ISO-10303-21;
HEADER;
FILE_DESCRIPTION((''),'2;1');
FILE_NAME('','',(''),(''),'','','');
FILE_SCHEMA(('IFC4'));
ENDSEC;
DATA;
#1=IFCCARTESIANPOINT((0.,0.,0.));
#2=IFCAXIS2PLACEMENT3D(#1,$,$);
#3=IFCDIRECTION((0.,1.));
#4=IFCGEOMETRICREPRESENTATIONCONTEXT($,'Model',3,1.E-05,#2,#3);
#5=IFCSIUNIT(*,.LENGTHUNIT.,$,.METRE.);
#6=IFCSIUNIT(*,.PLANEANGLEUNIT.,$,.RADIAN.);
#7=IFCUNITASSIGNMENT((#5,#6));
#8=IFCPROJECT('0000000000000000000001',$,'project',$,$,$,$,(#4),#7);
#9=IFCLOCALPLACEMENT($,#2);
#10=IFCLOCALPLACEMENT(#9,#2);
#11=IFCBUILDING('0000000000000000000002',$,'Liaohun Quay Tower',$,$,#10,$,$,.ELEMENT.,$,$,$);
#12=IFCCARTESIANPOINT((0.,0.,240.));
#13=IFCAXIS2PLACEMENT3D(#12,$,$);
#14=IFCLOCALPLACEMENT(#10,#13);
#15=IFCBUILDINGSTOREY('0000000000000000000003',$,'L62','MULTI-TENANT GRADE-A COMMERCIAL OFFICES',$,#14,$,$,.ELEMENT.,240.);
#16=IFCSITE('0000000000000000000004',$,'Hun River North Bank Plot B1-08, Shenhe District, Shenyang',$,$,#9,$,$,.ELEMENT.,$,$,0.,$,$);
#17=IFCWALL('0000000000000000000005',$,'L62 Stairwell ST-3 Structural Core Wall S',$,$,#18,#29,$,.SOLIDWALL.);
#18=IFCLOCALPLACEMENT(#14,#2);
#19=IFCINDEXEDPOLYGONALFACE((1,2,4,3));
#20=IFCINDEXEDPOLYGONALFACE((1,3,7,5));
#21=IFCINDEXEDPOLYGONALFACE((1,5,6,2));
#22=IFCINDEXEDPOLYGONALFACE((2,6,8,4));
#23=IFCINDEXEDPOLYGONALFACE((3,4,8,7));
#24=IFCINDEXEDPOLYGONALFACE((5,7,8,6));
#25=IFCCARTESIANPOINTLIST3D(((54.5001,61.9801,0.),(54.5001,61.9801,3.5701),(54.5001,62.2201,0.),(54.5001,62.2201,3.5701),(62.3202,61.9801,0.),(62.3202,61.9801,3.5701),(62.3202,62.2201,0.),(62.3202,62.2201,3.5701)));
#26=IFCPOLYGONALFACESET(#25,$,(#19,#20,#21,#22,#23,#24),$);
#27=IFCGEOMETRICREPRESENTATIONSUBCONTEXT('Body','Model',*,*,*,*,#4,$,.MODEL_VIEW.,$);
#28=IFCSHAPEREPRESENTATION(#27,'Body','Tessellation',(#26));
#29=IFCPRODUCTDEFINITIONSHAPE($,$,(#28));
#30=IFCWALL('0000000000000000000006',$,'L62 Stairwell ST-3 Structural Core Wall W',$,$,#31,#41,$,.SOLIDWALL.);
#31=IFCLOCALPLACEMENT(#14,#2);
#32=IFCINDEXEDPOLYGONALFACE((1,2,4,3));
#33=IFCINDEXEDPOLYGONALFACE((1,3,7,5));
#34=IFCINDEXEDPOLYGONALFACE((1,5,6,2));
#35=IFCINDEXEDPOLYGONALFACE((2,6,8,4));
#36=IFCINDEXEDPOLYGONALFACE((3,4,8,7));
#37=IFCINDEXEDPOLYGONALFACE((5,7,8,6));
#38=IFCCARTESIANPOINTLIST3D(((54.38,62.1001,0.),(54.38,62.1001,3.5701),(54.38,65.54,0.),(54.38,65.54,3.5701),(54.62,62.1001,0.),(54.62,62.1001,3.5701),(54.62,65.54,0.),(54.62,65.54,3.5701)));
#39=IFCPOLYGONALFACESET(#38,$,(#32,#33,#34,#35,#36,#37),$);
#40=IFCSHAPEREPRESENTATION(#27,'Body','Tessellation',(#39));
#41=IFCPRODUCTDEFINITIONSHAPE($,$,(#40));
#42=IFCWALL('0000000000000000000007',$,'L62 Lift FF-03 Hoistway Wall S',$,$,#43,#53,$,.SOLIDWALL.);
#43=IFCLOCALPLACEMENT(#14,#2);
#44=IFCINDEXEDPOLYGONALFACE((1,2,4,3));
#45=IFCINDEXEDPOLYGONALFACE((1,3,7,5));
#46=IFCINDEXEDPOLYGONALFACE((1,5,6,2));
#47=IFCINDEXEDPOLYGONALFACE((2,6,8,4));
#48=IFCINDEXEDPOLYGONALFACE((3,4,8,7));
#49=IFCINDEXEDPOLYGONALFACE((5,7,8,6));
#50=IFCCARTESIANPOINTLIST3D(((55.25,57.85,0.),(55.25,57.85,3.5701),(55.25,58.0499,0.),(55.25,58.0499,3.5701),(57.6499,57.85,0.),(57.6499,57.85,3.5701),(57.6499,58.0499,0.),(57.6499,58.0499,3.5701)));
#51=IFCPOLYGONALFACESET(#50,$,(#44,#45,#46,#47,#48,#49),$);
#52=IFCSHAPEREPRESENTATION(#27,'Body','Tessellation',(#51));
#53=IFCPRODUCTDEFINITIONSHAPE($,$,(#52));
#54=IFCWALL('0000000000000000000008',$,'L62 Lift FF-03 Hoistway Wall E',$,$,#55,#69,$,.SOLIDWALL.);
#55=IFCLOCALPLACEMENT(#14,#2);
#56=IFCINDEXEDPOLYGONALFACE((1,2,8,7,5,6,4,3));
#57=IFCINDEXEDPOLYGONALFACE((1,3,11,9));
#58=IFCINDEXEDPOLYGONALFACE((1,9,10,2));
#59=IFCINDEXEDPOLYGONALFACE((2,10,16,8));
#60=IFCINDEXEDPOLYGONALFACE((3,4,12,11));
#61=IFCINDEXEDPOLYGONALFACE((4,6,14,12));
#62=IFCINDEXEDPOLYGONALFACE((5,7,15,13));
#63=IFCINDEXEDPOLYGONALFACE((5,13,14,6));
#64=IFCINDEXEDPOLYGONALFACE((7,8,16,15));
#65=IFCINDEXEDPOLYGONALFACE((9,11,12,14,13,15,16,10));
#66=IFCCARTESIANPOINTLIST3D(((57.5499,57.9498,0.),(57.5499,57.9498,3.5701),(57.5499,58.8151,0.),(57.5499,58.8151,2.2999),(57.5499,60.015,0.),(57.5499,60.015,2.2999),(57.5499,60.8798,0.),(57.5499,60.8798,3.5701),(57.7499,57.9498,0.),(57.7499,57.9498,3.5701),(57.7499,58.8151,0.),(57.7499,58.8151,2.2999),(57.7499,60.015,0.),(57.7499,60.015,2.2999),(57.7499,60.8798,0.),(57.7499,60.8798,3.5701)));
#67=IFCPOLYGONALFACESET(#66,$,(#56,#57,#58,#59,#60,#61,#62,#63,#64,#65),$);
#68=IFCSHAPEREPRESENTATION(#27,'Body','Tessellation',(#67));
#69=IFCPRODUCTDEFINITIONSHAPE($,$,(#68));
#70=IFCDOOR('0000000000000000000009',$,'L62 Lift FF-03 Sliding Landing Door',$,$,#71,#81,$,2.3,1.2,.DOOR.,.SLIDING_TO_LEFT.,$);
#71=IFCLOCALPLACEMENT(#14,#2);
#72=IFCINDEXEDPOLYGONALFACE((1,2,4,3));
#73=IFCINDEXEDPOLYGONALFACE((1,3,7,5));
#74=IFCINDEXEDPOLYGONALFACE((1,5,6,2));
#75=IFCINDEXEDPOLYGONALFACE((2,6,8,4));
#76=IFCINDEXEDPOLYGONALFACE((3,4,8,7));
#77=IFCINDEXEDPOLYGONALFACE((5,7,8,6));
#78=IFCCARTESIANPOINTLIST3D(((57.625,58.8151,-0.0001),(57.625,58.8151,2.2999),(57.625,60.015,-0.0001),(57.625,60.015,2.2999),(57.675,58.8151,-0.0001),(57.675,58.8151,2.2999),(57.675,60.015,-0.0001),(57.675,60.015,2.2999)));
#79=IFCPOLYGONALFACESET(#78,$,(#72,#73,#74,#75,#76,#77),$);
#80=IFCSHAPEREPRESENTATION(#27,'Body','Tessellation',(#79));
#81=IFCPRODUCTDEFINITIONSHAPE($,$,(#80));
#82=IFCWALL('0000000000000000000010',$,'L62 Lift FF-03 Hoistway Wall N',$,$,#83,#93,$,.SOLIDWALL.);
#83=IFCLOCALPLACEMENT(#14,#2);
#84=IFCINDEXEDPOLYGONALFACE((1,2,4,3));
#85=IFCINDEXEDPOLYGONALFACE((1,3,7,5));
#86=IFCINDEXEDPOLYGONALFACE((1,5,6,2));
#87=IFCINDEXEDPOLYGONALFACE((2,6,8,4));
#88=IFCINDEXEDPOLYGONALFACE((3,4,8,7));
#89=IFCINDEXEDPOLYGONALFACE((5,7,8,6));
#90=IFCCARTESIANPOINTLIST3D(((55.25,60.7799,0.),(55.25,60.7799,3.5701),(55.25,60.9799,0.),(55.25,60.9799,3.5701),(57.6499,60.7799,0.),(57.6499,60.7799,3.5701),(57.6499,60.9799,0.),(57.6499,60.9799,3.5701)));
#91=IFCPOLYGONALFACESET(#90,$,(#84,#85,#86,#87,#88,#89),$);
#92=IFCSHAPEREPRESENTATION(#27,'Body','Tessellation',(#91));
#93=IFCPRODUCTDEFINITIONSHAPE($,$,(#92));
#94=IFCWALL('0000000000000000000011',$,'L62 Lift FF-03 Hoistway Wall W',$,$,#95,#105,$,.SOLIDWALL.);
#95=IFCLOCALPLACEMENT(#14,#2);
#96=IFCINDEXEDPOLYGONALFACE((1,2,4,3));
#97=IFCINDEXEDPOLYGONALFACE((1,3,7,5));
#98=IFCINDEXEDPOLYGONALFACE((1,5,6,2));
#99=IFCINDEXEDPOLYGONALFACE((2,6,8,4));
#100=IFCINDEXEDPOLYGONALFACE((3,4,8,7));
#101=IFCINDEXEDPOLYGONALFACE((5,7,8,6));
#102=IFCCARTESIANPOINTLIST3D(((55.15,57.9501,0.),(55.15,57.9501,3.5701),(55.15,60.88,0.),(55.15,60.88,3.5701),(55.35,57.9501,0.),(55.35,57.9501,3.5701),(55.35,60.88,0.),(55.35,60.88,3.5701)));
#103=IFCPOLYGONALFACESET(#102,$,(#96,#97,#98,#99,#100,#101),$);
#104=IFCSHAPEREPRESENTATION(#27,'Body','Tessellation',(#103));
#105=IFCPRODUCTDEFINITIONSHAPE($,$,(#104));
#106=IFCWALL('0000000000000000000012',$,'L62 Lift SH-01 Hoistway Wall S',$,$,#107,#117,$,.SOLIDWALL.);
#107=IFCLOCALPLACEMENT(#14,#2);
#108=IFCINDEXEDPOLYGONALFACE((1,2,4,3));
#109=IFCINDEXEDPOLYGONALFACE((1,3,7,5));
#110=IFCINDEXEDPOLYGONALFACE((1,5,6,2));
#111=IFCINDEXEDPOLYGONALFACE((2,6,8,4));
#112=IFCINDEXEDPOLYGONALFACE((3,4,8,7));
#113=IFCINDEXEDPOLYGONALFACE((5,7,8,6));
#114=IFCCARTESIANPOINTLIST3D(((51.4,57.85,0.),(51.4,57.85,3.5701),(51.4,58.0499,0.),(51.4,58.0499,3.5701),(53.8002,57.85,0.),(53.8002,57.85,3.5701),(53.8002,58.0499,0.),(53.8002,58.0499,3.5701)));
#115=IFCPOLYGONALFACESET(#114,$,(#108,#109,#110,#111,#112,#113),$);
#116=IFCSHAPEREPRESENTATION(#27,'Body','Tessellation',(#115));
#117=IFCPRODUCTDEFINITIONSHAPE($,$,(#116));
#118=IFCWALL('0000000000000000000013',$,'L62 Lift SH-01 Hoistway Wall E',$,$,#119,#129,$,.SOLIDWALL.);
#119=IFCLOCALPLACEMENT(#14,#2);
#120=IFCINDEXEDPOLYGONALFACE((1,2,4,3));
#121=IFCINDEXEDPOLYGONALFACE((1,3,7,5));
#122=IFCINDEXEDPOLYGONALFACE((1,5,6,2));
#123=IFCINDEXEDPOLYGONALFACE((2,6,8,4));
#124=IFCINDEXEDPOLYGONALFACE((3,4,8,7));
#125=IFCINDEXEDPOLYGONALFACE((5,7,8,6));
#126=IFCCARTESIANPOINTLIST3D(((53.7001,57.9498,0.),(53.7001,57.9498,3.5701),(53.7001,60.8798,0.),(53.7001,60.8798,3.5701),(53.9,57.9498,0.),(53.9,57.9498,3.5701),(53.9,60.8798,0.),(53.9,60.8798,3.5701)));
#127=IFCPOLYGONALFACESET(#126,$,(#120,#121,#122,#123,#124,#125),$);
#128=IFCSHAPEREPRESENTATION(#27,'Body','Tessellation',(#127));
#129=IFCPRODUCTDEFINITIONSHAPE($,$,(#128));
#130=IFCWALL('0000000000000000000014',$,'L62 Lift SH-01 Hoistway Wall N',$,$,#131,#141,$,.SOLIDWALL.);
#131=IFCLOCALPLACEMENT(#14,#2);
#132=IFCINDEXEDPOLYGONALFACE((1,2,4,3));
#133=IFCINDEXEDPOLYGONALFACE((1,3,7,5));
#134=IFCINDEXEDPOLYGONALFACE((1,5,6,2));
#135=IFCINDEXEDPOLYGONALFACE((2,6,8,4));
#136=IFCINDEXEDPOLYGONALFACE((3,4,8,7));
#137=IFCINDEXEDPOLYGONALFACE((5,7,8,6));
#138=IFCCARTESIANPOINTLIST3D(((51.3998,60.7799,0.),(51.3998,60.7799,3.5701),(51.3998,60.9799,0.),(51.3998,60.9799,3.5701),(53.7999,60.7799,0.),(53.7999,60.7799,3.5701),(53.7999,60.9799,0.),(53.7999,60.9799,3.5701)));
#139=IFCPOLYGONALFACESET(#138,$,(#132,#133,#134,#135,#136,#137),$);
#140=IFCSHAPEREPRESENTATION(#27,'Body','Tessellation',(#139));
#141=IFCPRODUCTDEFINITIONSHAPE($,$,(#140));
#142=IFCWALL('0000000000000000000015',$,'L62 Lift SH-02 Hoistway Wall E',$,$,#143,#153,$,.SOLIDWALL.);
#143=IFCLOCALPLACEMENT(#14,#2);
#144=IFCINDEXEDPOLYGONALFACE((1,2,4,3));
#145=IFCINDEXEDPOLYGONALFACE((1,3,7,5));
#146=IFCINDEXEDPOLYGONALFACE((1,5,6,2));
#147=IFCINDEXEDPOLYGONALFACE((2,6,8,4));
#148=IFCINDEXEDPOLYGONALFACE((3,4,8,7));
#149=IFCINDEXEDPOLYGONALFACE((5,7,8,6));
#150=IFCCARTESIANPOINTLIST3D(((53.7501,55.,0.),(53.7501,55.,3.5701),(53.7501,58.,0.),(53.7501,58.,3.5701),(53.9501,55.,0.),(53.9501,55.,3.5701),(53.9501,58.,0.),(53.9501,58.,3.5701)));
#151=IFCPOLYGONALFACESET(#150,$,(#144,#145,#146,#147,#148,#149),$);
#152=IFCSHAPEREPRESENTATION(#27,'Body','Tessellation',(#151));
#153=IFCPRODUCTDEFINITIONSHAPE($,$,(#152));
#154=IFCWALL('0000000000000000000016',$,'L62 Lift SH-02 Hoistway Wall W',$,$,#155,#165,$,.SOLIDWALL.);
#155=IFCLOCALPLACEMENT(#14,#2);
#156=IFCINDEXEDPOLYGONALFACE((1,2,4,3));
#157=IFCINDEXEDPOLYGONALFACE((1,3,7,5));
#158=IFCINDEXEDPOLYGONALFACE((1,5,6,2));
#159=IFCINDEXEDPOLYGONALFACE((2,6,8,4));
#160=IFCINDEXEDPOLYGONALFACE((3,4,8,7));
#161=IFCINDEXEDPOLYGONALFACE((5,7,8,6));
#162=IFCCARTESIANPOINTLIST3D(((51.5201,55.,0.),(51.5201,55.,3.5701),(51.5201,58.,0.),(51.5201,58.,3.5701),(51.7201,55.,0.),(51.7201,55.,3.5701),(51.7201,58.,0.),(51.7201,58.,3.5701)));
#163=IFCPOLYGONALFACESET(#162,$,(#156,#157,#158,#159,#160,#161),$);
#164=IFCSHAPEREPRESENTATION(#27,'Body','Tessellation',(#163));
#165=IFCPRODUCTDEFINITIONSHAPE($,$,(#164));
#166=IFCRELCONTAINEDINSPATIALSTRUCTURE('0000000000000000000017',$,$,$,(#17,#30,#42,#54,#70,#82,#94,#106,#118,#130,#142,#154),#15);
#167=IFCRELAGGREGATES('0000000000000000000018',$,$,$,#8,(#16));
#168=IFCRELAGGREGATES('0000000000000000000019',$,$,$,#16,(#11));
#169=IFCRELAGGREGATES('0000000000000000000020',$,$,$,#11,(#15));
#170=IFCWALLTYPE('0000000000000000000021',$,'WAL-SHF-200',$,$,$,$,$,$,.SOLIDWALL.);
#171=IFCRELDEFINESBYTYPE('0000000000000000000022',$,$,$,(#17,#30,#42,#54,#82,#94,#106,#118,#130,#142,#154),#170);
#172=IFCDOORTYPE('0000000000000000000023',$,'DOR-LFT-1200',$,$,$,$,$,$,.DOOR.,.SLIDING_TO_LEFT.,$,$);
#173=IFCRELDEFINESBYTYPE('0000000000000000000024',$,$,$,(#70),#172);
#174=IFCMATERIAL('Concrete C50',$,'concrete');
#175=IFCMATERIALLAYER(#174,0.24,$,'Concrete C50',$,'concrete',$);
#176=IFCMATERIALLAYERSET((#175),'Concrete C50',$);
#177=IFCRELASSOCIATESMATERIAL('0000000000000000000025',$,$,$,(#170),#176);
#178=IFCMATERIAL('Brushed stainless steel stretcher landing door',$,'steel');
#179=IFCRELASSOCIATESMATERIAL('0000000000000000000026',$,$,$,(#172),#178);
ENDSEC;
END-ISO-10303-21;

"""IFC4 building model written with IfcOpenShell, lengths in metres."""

from ifc_helpers import new_model, si_unit, direction, frame, frame_2d, origin, place, context, subcontext, project, spatial, rectangle, extrude, source, transform, mapped, material, layer, layer_set, type_object, element, fill, save


model = new_model("IFC4")

# Units and contexts
model_context = context("Model", 3, precision=1e-05, world=origin(), true_north=direction((0.0, 1.0)))
body_context = subcontext(model_context, "Body", "Model", "MODEL_VIEW")
ifc_project = project(units=[si_unit("LENGTHUNIT", "METRE"), si_unit("PLANEANGLEUNIT", "RADIAN")], contexts=[model_context])

# Site, building, storey
site_placement = place(None, origin())
site = spatial("IfcSite", under=ifc_project, at=site_placement, Name="Hun River North Bank Plot B1-08, Shenhe District, Shenyang", CompositionType="ELEMENT", RefElevation=0.0)
building_placement = place(site_placement, origin())
building = spatial("IfcBuilding", under=site, at=building_placement, Name="Liaohun Quay Tower", CompositionType="ELEMENT")
storey_placement = place(building_placement, frame((0.0, 0.0, 240.0)))
storey = spatial("IfcBuildingStorey", under=building, at=storey_placement, Name="L62", Description="MULTI-TENANT GRADE-A COMMERCIAL OFFICES", CompositionType="ELEMENT", Elevation=240.0)

# Walls
ifc_material_1 = material(Name="Concrete C50", Category="concrete")
ifc_layer_1 = layer(ifc_material_1, 0.24, Name="Concrete C50", Category="concrete")
ifc_layer_set_1 = layer_set([ifc_layer_1], Name="Concrete C50")
wall_type_1 = type_object("IfcWallType", Name="WAL-SHF-200", PredefinedType="SOLIDWALL", material=ifc_layer_set_1)
wall_1_placement = place(storey_placement, frame((54.5, 62.1001, 0.0), z_axis=(0.0, 0.0, 1.0), x_axis=(1.0, 0.0, 0.0)))
element("IfcWall", 1, at=wall_1_placement, inside=storey, type_object=wall_type_1, Name="L62 Stairwell ST-3 Structural Core Wall S", PredefinedType="SOLIDWALL", context=body_context, shape_type="SweptSolid", body=[
    extrude(rectangle(XDim=7.8201, YDim=0.24, at=frame_2d((3.9102, 0.0))), origin(), (0.0, 0.0, 1.0), 3.5701),
])
wall_2_placement = place(storey_placement, frame((54.5, 65.54, 0.0), z_axis=(0.0, 0.0, 1.0), x_axis=(0.0, -1.0, 0.0)))
element("IfcWall", 2, at=wall_2_placement, inside=storey, type_object=wall_type_1, Name="L62 Stairwell ST-3 Structural Core Wall W", PredefinedType="SOLIDWALL", context=body_context, shape_type="SweptSolid", body=[
    extrude(rectangle(XDim=3.4399, YDim=0.24, at=frame_2d((1.72, 0.0))), origin(), (0.0, 0.0, 1.0), 3.5701),
])
wall_3_placement = place(storey_placement, frame((55.25, 57.95, 0.0), z_axis=(0.0, 0.0, 1.0), x_axis=(1.0, 0.0, 0.0)))
element("IfcWall", 3, at=wall_3_placement, inside=storey, type_object=wall_type_1, Name="L62 Lift FF-03 Hoistway Wall S", PredefinedType="SOLIDWALL", context=body_context, shape_type="SweptSolid", body=[
    extrude(rectangle(XDim=2.3999, YDim=0.2, at=frame_2d((1.2, 0.0))), origin(), (0.0, 0.0, 1.0), 3.5701),
])

# Wall, opening, door
wall_4_placement = place(storey_placement, frame((57.6499, 57.95, 0.0), z_axis=(0.0, 0.0, 1.0), x_axis=(0.0, 1.0, 0.0)))
wall_4 = element("IfcWall", 4, at=wall_4_placement, inside=storey, type_object=wall_type_1, Name="L62 Lift FF-03 Hoistway Wall E", PredefinedType="SOLIDWALL", context=body_context, shape_type="SweptSolid", body=[
    extrude(rectangle(XDim=2.9299, YDim=0.2, at=frame_2d((1.4648, 0.0))), origin(), (0.0, 0.0, 1.0), 3.5701),
])
shared_shape_1 = source(origin(), body_context, "Body", "SweptSolid", [
    extrude(rectangle(XDim=1.2, YDim=2.3, at=frame_2d((0.6001, 1.1499))), frame((0.0, 0.1099, 0.0), z_axis=(0.0, -1.0, 0.0), x_axis=(1.0, 0.0, 0.0)), (0.0, 0.0, 1.0), 0.22),
])
opening_placement = place(wall_4_placement, frame((0.865, 0.0, 0.0)))
opening = element("IfcOpeningElement", 5, at=opening_placement, cuts=wall_4, PredefinedType="OPENING", context=body_context, shape_type="MappedRepresentation", body=[
    mapped(shared_shape_1, transform((0.0, 0.0, 0.0), x_axis=(1.0, 0.0, 0.0), y_axis=(0.0, 1.0, 0.0), z_axis=(0.0, 0.0, 1.0), scale=1.0)),
])
ifc_material_2 = material(Name="Brushed stainless steel stretcher landing door", Category="steel")
door_type = type_object("IfcDoorType", Name="DOR-LFT-1200", OperationType="SLIDING_TO_LEFT", PredefinedType="DOOR", material=ifc_material_2)
shared_shape_2 = source(origin(), body_context, "Body", "SweptSolid", [
    extrude(rectangle(XDim=1.2, YDim=2.3, at=frame_2d((0.6001, 1.1499))), frame((0.0, 0.0249, 0.0), z_axis=(0.0, -1.0, 0.0), x_axis=(1.0, 0.0, 0.0)), (0.0, 0.0, 1.0), 0.05),
])
door_placement = place(opening_placement, origin())
door = element("IfcDoor", 6, at=door_placement, inside=storey, type_object=door_type, Name="L62 Lift FF-03 Sliding Landing Door", OperationType="SLIDING_TO_LEFT", OverallHeight=2.3, OverallWidth=1.2, PredefinedType="DOOR", context=body_context, shape_type="MappedRepresentation", body=[
    mapped(shared_shape_2, transform((0.0, 0.0, 0.0), x_axis=(1.0, 0.0, 0.0), y_axis=(0.0, 1.0, 0.0), z_axis=(0.0, 0.0, 1.0), scale=1.0)),
])
fill(opening, door)

# Walls
wall_5_placement = place(storey_placement, frame((57.6499, 60.8799, 0.0), z_axis=(0.0, 0.0, 1.0), x_axis=(-1.0, 0.0, 0.0)))
element("IfcWall", 7, at=wall_5_placement, inside=storey, type_object=wall_type_1, Name="L62 Lift FF-03 Hoistway Wall N", PredefinedType="SOLIDWALL", context=body_context, shape_type="SweptSolid", body=[
    extrude(rectangle(XDim=2.3999, YDim=0.2, at=frame_2d((1.2, 0.0))), origin(), (0.0, 0.0, 1.0), 3.5701),
])
wall_6_placement = place(storey_placement, frame((55.25, 60.8799, 0.0), z_axis=(0.0, 0.0, 1.0), x_axis=(0.0, -1.0, 0.0)))
element("IfcWall", 8, at=wall_6_placement, inside=storey, type_object=wall_type_1, Name="L62 Lift FF-03 Hoistway Wall W", PredefinedType="SOLIDWALL", context=body_context, shape_type="SweptSolid", body=[
    extrude(rectangle(XDim=2.9299, YDim=0.2, at=frame_2d((1.4648, 0.0))), origin(), (0.0, 0.0, 1.0), 3.5701),
])
wall_7_placement = place(storey_placement, frame((51.3999, 57.95, 0.0), z_axis=(0.0, 0.0, 1.0), x_axis=(1.0, 0.0, 0.0)))
element("IfcWall", 9, at=wall_7_placement, inside=storey, type_object=wall_type_1, Name="L62 Lift SH-01 Hoistway Wall S", PredefinedType="SOLIDWALL", context=body_context, shape_type="SweptSolid", body=[
    extrude(rectangle(XDim=2.4001, YDim=0.2, at=frame_2d((1.2002, 0.0))), origin(), (0.0, 0.0, 1.0), 3.5701),
])
wall_8_placement = place(storey_placement, frame((53.8, 57.95, 0.0), z_axis=(0.0, 0.0, 1.0), x_axis=(0.0, 1.0, 0.0)))
element("IfcWall", 10, at=wall_8_placement, inside=storey, type_object=wall_type_1, Name="L62 Lift SH-01 Hoistway Wall E", PredefinedType="SOLIDWALL", context=body_context, shape_type="SweptSolid", body=[
    extrude(rectangle(XDim=2.9299, YDim=0.2, at=frame_2d((1.4648, 0.0))), origin(), (0.0, 0.0, 1.0), 3.5701),
])
wall_9_placement = place(storey_placement, frame((53.8, 60.8799, 0.0), z_axis=(0.0, 0.0, 1.0), x_axis=(-1.0, 0.0, 0.0)))
element("IfcWall", 11, at=wall_9_placement, inside=storey, type_object=wall_type_1, Name="L62 Lift SH-01 Hoistway Wall N", PredefinedType="SOLIDWALL", context=body_context, shape_type="SweptSolid", body=[
    extrude(rectangle(XDim=2.4001, YDim=0.2, at=frame_2d((1.2002, 0.0))), origin(), (0.0, 0.0, 1.0), 3.5701),
])
for number, where, z_axis, x_axis, name in (
    (12, (53.8501, 55.0, 0.0), (0.0, 0.0, 1.0), (0.0, 1.0, 0.0), "L62 Lift SH-02 Hoistway Wall E"),
    (13, (51.6201, 58.0, 0.0), (0.0, 0.0, 1.0), (0.0, -1.0, 0.0), "L62 Lift SH-02 Hoistway Wall W"),
):
    element("IfcWall", number, at=place(storey_placement, frame(where, z_axis=z_axis, x_axis=x_axis)), inside=storey, type_object=wall_type_1, Name=name, PredefinedType="SOLIDWALL", context=body_context, shape_type="SweptSolid", body=[
        extrude(rectangle(XDim=3.0, YDim=0.2, at=frame_2d((1.5, 0.0))), origin(), (0.0, 0.0, 1.0), 3.5701),
    ])

save(model, "model.ifc")
